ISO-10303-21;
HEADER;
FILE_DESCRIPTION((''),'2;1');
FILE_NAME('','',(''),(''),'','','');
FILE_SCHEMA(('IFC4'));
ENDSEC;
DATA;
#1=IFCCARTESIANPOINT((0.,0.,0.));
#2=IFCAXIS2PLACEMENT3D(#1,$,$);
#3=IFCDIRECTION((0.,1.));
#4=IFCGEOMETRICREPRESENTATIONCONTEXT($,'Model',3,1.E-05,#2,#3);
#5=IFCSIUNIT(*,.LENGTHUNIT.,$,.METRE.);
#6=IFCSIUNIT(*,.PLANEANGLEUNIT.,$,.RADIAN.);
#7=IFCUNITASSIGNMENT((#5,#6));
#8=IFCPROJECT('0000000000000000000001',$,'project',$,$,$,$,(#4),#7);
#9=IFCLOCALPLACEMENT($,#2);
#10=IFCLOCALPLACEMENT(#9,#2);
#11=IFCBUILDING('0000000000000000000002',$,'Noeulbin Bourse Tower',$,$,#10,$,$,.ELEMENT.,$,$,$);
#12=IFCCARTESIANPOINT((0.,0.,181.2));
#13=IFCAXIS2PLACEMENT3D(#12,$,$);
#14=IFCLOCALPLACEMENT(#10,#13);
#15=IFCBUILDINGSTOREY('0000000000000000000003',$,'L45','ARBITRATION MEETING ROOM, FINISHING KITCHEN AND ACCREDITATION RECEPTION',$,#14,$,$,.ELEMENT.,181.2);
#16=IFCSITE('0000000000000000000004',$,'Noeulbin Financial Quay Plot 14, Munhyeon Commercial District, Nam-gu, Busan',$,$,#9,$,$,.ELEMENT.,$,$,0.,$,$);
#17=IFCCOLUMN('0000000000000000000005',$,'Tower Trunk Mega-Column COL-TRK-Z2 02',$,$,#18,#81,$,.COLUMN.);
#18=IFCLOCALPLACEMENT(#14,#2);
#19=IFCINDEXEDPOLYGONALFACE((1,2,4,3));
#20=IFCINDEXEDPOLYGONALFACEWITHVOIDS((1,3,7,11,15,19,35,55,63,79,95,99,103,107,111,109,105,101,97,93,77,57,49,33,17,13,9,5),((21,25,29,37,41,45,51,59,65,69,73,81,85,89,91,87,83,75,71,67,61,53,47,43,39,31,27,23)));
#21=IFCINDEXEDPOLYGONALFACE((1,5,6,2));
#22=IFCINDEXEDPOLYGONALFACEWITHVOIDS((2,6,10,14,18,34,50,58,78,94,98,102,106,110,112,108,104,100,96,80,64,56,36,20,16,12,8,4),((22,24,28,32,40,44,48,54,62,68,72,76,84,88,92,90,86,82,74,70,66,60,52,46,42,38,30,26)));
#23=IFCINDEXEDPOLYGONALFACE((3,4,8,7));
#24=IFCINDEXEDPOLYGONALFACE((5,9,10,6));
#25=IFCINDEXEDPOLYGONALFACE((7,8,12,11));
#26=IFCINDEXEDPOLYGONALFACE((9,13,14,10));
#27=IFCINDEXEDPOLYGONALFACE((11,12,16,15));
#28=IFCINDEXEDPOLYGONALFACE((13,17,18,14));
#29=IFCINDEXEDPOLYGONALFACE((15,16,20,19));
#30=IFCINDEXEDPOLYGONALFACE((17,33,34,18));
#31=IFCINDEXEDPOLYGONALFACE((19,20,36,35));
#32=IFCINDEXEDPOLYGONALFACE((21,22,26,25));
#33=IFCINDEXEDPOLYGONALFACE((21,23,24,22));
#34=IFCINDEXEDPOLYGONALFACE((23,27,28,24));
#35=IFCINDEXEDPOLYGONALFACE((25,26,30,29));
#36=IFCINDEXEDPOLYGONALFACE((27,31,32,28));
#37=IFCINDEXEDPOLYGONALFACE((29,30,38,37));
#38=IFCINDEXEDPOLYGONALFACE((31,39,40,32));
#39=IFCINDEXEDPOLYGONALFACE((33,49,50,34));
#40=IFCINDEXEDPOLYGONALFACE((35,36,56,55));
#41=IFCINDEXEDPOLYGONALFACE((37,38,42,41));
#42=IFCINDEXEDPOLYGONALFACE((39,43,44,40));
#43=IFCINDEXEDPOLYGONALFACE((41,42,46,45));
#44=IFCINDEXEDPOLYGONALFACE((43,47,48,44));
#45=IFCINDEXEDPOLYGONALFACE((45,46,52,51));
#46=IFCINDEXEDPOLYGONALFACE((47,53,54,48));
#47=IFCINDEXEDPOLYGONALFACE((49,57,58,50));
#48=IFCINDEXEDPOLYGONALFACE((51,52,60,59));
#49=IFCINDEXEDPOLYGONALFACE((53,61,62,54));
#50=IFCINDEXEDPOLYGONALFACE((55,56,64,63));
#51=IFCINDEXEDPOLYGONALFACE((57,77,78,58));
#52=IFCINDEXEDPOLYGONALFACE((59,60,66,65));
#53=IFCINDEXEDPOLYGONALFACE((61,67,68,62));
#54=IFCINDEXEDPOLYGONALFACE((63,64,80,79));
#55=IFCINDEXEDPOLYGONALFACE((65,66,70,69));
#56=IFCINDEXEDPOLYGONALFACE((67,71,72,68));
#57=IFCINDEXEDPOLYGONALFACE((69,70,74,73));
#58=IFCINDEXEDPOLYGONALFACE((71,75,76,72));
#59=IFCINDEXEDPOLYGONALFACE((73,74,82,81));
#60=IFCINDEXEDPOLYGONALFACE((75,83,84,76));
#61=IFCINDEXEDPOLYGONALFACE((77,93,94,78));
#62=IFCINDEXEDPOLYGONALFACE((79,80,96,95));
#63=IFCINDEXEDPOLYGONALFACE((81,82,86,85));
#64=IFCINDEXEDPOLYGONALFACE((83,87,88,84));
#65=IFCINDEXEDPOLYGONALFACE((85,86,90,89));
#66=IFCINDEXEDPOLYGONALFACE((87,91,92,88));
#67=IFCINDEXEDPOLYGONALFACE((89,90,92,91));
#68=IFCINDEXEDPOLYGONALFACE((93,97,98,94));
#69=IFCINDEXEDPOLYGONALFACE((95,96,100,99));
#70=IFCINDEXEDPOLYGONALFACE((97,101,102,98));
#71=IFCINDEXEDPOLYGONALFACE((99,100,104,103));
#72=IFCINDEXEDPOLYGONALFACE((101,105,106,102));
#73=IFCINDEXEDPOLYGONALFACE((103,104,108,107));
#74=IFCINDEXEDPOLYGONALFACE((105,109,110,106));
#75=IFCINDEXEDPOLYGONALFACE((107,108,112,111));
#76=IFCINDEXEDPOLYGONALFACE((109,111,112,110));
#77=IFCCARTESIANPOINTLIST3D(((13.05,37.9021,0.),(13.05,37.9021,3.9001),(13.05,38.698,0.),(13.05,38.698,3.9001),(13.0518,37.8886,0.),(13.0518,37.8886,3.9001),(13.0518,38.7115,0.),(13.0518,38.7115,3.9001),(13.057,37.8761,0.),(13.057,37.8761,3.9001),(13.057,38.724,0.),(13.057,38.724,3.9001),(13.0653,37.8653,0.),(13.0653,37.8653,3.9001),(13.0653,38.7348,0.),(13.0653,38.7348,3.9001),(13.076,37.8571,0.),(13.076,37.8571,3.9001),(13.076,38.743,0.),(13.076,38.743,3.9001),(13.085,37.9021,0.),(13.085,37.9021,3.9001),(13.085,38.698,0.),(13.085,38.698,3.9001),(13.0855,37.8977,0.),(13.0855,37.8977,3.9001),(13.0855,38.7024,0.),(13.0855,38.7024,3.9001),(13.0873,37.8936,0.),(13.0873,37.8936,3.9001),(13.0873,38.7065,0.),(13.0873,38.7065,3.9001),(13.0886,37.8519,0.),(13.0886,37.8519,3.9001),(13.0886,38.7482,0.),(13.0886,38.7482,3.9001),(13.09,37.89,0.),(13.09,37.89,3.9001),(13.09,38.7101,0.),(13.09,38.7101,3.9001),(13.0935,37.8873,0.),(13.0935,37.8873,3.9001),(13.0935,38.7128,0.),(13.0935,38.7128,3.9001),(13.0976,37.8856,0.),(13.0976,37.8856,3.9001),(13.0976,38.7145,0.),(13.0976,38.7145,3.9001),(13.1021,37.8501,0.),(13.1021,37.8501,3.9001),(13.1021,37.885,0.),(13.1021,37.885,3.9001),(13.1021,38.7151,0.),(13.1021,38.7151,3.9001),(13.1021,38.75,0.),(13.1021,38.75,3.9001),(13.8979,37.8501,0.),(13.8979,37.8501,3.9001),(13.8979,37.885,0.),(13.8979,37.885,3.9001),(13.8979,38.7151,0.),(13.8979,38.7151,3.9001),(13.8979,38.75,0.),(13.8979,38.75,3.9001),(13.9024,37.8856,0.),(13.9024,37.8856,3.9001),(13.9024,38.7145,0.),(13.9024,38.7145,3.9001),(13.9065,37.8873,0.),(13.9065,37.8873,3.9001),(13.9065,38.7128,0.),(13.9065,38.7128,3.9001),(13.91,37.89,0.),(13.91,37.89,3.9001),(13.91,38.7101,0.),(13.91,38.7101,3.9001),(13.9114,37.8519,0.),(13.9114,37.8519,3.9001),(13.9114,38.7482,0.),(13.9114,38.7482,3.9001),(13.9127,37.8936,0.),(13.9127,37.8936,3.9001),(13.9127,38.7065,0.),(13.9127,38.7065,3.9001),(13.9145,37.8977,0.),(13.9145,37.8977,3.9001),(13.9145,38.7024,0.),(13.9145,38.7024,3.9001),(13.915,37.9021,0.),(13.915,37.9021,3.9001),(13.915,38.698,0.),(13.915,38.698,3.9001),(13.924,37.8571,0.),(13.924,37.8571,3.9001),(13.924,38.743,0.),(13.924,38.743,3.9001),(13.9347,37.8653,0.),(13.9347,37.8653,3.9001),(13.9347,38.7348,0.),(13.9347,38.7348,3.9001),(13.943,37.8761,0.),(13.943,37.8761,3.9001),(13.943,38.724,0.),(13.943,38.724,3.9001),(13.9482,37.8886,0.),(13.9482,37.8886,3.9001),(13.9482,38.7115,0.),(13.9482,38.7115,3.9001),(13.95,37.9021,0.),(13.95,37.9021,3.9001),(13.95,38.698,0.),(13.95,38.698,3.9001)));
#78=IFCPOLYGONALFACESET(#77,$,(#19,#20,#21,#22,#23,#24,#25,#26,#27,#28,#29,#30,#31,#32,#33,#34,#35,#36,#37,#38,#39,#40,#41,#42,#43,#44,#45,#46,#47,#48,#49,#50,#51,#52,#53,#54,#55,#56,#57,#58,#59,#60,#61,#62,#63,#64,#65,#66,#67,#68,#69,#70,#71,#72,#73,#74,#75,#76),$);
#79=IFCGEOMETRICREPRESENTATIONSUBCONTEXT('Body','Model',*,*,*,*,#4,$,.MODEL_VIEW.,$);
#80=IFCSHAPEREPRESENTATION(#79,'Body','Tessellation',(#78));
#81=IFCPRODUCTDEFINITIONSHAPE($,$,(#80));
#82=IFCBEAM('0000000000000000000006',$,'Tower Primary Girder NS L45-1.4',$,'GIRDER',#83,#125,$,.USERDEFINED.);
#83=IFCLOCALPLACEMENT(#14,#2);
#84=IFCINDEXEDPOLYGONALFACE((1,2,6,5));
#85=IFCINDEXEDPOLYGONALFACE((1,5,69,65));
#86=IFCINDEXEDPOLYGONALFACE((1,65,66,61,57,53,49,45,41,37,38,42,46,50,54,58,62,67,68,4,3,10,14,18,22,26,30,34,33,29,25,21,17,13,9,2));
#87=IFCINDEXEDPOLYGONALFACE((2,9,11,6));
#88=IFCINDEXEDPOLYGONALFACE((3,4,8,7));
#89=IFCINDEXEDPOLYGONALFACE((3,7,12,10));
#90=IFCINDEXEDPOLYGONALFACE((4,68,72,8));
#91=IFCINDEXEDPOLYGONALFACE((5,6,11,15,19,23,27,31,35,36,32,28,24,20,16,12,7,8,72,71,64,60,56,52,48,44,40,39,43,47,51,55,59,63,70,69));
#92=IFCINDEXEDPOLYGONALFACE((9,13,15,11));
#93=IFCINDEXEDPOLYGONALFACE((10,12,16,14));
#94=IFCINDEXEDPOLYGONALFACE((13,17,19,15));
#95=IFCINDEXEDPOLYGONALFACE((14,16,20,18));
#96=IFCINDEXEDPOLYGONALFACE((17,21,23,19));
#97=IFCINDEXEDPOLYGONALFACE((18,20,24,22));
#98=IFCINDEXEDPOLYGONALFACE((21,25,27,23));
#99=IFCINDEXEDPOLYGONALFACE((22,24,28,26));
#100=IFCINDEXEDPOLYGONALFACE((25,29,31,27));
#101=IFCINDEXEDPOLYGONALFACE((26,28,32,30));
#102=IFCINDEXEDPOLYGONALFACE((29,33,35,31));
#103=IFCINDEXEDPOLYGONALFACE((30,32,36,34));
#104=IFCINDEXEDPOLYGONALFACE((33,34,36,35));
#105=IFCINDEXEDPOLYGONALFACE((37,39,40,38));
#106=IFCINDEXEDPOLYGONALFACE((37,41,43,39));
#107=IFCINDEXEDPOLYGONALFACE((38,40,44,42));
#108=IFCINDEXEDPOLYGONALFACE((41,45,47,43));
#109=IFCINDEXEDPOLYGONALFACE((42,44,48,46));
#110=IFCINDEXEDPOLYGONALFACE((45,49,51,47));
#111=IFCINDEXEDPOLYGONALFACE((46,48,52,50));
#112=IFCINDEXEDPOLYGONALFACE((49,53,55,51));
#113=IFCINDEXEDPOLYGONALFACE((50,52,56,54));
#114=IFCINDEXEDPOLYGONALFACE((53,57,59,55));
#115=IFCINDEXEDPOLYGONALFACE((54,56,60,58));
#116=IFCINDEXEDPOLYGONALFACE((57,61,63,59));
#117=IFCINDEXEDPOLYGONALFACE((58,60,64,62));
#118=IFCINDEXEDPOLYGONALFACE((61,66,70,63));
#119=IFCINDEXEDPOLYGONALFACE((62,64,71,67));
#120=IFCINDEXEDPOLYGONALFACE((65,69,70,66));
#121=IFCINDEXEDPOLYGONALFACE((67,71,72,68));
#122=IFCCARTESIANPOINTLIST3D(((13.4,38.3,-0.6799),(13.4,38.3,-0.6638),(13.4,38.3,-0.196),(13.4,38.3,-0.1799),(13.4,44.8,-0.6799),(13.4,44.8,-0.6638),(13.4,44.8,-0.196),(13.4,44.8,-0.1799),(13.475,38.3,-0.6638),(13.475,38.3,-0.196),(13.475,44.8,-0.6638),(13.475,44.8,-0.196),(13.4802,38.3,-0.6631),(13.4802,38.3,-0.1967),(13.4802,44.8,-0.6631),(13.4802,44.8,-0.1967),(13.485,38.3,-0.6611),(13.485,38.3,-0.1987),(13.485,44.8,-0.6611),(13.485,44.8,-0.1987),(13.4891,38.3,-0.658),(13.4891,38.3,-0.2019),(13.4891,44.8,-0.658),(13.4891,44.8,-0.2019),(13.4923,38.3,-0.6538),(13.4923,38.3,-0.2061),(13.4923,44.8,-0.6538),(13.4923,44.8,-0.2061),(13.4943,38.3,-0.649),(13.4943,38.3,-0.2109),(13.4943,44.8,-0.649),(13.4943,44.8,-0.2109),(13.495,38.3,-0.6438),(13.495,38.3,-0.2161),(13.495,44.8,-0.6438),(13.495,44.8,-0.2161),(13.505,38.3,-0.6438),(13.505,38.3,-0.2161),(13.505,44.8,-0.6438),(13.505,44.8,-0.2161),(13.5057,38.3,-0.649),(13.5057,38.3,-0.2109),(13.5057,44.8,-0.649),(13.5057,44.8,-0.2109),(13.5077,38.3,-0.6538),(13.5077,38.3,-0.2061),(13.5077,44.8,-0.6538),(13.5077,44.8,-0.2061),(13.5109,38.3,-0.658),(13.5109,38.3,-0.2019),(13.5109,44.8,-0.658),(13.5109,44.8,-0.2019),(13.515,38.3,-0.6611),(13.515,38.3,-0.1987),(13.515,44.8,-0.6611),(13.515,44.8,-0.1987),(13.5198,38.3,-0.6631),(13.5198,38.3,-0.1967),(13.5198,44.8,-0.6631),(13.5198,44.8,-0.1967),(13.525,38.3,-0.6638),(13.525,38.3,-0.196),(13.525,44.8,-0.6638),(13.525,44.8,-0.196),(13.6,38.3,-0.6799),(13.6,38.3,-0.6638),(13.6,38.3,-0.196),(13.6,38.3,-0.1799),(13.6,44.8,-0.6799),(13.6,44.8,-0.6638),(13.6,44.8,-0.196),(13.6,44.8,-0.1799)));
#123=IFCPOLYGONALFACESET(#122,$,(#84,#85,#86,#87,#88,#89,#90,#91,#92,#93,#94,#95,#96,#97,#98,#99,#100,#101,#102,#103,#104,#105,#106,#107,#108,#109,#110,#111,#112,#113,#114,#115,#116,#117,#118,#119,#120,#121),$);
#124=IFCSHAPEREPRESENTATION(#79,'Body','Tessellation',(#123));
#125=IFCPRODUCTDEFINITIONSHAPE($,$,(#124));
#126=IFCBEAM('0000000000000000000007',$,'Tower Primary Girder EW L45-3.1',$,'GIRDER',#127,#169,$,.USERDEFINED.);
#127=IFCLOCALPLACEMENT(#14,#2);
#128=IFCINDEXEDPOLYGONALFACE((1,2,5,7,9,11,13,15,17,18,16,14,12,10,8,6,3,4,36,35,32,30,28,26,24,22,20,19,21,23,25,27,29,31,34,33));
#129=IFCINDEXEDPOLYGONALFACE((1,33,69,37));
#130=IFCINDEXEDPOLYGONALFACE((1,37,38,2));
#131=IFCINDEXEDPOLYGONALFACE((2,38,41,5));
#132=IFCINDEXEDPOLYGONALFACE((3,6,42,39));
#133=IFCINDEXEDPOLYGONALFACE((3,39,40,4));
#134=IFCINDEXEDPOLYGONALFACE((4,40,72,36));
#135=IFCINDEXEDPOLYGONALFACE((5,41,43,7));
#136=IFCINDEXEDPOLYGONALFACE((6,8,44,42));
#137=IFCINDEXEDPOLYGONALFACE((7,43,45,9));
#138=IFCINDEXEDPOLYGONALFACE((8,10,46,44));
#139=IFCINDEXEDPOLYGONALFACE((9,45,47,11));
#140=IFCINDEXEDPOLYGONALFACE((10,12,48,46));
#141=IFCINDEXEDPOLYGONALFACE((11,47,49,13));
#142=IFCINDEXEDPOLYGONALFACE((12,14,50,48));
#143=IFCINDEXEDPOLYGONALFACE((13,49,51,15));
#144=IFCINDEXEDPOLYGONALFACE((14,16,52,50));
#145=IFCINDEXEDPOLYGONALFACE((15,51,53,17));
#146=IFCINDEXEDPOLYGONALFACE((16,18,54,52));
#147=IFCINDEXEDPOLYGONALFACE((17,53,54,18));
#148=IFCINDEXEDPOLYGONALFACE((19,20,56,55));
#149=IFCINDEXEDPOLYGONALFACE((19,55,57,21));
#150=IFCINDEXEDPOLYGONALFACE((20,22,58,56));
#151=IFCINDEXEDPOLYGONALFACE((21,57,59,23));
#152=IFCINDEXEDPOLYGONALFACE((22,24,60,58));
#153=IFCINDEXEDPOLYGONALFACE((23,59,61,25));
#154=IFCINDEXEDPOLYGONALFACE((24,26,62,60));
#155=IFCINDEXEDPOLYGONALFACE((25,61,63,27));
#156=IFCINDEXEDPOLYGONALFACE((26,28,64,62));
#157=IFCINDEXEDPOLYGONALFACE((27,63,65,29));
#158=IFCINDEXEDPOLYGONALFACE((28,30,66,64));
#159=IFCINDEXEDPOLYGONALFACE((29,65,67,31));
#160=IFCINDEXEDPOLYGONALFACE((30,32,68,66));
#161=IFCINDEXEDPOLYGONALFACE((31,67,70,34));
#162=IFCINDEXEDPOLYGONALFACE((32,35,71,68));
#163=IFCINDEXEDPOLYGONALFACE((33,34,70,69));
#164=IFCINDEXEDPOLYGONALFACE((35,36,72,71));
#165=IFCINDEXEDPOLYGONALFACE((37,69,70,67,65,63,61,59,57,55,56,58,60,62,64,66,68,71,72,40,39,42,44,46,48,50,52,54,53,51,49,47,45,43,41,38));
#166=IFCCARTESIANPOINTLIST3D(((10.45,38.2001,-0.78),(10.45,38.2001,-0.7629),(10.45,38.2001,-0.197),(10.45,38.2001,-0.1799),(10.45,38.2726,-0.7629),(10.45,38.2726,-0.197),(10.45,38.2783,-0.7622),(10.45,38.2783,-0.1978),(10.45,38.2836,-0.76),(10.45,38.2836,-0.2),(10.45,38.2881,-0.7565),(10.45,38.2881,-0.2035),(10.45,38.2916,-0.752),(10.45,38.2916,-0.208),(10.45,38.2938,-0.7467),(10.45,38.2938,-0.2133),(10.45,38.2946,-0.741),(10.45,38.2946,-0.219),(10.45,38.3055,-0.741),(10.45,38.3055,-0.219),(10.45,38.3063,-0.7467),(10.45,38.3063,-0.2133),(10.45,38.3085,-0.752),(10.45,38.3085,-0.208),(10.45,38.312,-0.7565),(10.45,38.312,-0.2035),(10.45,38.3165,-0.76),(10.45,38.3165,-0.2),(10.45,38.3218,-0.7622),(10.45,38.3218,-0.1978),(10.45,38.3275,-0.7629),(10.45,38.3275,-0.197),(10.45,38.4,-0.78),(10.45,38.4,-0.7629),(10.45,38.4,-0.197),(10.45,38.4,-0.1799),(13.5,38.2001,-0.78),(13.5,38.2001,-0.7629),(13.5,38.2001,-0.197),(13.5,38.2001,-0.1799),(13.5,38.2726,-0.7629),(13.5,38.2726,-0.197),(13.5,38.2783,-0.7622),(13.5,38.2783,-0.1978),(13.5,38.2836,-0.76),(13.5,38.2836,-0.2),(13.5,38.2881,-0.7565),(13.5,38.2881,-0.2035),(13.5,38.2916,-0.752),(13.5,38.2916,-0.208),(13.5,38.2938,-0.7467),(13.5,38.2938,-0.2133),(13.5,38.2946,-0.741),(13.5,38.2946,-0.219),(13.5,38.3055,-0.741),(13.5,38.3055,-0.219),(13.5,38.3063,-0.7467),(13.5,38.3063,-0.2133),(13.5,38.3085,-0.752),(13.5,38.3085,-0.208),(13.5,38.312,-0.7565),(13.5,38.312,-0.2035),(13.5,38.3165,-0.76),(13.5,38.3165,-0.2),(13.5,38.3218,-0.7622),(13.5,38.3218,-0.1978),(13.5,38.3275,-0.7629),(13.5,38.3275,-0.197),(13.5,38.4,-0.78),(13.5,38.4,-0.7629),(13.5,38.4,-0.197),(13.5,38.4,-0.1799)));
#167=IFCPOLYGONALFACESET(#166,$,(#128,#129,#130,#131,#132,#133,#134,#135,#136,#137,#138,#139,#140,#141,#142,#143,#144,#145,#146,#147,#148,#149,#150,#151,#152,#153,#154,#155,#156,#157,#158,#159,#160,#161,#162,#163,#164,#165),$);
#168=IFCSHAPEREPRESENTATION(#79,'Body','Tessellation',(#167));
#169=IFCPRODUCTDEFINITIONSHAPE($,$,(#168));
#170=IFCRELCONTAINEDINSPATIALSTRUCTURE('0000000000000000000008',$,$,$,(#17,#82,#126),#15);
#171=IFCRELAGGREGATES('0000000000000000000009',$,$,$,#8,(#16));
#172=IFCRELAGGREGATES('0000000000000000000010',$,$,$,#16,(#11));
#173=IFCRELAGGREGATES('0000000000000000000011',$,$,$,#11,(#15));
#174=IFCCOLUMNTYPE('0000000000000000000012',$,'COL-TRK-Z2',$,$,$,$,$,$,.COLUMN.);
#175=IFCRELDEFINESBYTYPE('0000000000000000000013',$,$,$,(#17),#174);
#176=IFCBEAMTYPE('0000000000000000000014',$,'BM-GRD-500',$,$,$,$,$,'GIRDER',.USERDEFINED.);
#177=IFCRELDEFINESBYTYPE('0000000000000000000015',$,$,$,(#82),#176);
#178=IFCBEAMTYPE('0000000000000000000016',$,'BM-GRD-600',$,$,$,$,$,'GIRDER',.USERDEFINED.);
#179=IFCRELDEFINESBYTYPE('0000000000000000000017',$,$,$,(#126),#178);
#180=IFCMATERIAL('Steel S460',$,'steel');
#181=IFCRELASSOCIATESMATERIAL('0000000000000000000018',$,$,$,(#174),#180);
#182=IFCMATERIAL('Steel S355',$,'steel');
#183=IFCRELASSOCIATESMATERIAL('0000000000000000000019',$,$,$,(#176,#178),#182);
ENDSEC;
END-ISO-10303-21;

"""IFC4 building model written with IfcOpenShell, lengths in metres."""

from ifc_helpers import new_model, si_unit, direction, frame, origin, origin_2d, place, context, subcontext, project, spatial, hollow_rectangle, i_section, extrude, material, material_profile, profile_set, type_object, element, save


model = new_model("IFC4")

# Units and contexts
model_context = context("Model", 3, precision=1e-05, world=origin(), true_north=direction((0.0, 1.0)))
body_context = subcontext(model_context, "Body", "Model", "MODEL_VIEW")
ifc_project = project(units=[si_unit("LENGTHUNIT", "METRE"), si_unit("PLANEANGLEUNIT", "RADIAN")], contexts=[model_context])

# Site, building, storey
site_placement = place(None, origin())
site = spatial("IfcSite", under=ifc_project, at=site_placement, Name="Noeulbin Financial Quay Plot 14, Munhyeon Commercial District, Nam-gu, Busan", CompositionType="ELEMENT", RefElevation=0.0)
building_placement = place(site_placement, origin())
building = spatial("IfcBuilding", under=site, at=building_placement, Name="Noeulbin Bourse Tower", CompositionType="ELEMENT")
storey_placement = place(building_placement, frame((0.0, 0.0, 181.2)))
storey = spatial("IfcBuildingStorey", under=building, at=storey_placement, Name="L45", Description="ARBITRATION MEETING ROOM, FINISHING KITCHEN AND ACCREDITATION RECEPTION", CompositionType="ELEMENT", Elevation=181.2)

# Column
ifc_material_1 = material(Name="Steel S355", Category="steel")
ifc_material_2 = material(Name="Steel S460", Category="steel")
ifc_material_profile_1 = material_profile(ifc_material_2, hollow_rectangle(XDim=0.8999, YDim=0.8999, WallThickness=0.0349, InnerFilletRadius=0.0171, OuterFilletRadius=0.052, at=origin_2d()), Name="BOX-900x900x35", Category="LoadBearing")
ifc_profile_set_1 = profile_set([ifc_material_profile_1], Name="Steel S460")
column_type_1 = type_object("IfcColumnType", Name="COL-TRK-Z2", PredefinedType="COLUMN", material=ifc_profile_set_1)
column_placement = place(storey_placement, frame((13.5, 38.3, 0.0), z_axis=(0.0, 0.0, 1.0), x_axis=(1.0, 0.0, 0.0)))
element("IfcColumn", 1, at=column_placement, inside=storey, type_object=column_type_1, Name="Tower Trunk Mega-Column COL-TRK-Z2 02", PredefinedType="COLUMN", context=body_context, shape_type="SweptSolid", body=[
    extrude(hollow_rectangle(XDim=0.8999, YDim=0.8999, WallThickness=0.0349, InnerFilletRadius=0.0171, OuterFilletRadius=0.052, at=origin_2d()), origin(), (0.0, 0.0, 1.0), 3.9001),
])

# Beams
ifc_material_profile_2 = material_profile(ifc_material_1, i_section(OverallWidth=0.2, OverallDepth=0.5, WebThickness=0.01, FlangeThickness=0.0161, FilletRadius=0.02, at=origin_2d()), Name="H-500x200x10x16", Category="LoadBearing")
ifc_profile_set_2 = profile_set([ifc_material_profile_2], Name="Steel S355")
beam_type_1 = type_object("IfcBeamType", Name="BM-GRD-500", ElementType="GIRDER", PredefinedType="USERDEFINED", material=ifc_profile_set_2)
beam_1_placement = place(storey_placement, frame((13.5, 38.3, -0.4299), z_axis=(0.0, 1.0, 0.0), x_axis=(-1.0, 0.0, 0.0)))
element("IfcBeam", 2, at=beam_1_placement, inside=storey, type_object=beam_type_1, Name="Tower Primary Girder NS L45-1.4", ObjectType="GIRDER", PredefinedType="USERDEFINED", context=body_context, shape_type="SweptSolid", body=[
    extrude(i_section(OverallWidth=0.2, OverallDepth=0.5, WebThickness=0.01, FlangeThickness=0.0161, FilletRadius=0.02, at=origin_2d()), origin(), (0.0, 0.0, 1.0), 6.5),
])
ifc_material_profile_3 = material_profile(ifc_material_1, i_section(OverallWidth=0.2, OverallDepth=0.6001, WebThickness=0.011, FlangeThickness=0.0171, FilletRadius=0.022, at=origin_2d()), Name="H-600x200x11x17", Category="LoadBearing")
ifc_profile_set_3 = profile_set([ifc_material_profile_3], Name="Steel S355")
beam_type_2 = type_object("IfcBeamType", Name="BM-GRD-600", ElementType="GIRDER", PredefinedType="USERDEFINED", material=ifc_profile_set_3)
beam_2_placement = place(storey_placement, frame((10.45, 38.3, -0.48), z_axis=(1.0, 0.0, 0.0), x_axis=(0.0, 1.0, 0.0)))
element("IfcBeam", 3, at=beam_2_placement, inside=storey, type_object=beam_type_2, Name="Tower Primary Girder EW L45-3.1", ObjectType="GIRDER", PredefinedType="USERDEFINED", context=body_context, shape_type="SweptSolid", body=[
    extrude(i_section(OverallWidth=0.2, OverallDepth=0.6001, WebThickness=0.011, FlangeThickness=0.0171, FilletRadius=0.022, at=origin_2d()), origin(), (0.0, 0.0, 1.0), 3.05),
])

save(model, "model.ifc")
